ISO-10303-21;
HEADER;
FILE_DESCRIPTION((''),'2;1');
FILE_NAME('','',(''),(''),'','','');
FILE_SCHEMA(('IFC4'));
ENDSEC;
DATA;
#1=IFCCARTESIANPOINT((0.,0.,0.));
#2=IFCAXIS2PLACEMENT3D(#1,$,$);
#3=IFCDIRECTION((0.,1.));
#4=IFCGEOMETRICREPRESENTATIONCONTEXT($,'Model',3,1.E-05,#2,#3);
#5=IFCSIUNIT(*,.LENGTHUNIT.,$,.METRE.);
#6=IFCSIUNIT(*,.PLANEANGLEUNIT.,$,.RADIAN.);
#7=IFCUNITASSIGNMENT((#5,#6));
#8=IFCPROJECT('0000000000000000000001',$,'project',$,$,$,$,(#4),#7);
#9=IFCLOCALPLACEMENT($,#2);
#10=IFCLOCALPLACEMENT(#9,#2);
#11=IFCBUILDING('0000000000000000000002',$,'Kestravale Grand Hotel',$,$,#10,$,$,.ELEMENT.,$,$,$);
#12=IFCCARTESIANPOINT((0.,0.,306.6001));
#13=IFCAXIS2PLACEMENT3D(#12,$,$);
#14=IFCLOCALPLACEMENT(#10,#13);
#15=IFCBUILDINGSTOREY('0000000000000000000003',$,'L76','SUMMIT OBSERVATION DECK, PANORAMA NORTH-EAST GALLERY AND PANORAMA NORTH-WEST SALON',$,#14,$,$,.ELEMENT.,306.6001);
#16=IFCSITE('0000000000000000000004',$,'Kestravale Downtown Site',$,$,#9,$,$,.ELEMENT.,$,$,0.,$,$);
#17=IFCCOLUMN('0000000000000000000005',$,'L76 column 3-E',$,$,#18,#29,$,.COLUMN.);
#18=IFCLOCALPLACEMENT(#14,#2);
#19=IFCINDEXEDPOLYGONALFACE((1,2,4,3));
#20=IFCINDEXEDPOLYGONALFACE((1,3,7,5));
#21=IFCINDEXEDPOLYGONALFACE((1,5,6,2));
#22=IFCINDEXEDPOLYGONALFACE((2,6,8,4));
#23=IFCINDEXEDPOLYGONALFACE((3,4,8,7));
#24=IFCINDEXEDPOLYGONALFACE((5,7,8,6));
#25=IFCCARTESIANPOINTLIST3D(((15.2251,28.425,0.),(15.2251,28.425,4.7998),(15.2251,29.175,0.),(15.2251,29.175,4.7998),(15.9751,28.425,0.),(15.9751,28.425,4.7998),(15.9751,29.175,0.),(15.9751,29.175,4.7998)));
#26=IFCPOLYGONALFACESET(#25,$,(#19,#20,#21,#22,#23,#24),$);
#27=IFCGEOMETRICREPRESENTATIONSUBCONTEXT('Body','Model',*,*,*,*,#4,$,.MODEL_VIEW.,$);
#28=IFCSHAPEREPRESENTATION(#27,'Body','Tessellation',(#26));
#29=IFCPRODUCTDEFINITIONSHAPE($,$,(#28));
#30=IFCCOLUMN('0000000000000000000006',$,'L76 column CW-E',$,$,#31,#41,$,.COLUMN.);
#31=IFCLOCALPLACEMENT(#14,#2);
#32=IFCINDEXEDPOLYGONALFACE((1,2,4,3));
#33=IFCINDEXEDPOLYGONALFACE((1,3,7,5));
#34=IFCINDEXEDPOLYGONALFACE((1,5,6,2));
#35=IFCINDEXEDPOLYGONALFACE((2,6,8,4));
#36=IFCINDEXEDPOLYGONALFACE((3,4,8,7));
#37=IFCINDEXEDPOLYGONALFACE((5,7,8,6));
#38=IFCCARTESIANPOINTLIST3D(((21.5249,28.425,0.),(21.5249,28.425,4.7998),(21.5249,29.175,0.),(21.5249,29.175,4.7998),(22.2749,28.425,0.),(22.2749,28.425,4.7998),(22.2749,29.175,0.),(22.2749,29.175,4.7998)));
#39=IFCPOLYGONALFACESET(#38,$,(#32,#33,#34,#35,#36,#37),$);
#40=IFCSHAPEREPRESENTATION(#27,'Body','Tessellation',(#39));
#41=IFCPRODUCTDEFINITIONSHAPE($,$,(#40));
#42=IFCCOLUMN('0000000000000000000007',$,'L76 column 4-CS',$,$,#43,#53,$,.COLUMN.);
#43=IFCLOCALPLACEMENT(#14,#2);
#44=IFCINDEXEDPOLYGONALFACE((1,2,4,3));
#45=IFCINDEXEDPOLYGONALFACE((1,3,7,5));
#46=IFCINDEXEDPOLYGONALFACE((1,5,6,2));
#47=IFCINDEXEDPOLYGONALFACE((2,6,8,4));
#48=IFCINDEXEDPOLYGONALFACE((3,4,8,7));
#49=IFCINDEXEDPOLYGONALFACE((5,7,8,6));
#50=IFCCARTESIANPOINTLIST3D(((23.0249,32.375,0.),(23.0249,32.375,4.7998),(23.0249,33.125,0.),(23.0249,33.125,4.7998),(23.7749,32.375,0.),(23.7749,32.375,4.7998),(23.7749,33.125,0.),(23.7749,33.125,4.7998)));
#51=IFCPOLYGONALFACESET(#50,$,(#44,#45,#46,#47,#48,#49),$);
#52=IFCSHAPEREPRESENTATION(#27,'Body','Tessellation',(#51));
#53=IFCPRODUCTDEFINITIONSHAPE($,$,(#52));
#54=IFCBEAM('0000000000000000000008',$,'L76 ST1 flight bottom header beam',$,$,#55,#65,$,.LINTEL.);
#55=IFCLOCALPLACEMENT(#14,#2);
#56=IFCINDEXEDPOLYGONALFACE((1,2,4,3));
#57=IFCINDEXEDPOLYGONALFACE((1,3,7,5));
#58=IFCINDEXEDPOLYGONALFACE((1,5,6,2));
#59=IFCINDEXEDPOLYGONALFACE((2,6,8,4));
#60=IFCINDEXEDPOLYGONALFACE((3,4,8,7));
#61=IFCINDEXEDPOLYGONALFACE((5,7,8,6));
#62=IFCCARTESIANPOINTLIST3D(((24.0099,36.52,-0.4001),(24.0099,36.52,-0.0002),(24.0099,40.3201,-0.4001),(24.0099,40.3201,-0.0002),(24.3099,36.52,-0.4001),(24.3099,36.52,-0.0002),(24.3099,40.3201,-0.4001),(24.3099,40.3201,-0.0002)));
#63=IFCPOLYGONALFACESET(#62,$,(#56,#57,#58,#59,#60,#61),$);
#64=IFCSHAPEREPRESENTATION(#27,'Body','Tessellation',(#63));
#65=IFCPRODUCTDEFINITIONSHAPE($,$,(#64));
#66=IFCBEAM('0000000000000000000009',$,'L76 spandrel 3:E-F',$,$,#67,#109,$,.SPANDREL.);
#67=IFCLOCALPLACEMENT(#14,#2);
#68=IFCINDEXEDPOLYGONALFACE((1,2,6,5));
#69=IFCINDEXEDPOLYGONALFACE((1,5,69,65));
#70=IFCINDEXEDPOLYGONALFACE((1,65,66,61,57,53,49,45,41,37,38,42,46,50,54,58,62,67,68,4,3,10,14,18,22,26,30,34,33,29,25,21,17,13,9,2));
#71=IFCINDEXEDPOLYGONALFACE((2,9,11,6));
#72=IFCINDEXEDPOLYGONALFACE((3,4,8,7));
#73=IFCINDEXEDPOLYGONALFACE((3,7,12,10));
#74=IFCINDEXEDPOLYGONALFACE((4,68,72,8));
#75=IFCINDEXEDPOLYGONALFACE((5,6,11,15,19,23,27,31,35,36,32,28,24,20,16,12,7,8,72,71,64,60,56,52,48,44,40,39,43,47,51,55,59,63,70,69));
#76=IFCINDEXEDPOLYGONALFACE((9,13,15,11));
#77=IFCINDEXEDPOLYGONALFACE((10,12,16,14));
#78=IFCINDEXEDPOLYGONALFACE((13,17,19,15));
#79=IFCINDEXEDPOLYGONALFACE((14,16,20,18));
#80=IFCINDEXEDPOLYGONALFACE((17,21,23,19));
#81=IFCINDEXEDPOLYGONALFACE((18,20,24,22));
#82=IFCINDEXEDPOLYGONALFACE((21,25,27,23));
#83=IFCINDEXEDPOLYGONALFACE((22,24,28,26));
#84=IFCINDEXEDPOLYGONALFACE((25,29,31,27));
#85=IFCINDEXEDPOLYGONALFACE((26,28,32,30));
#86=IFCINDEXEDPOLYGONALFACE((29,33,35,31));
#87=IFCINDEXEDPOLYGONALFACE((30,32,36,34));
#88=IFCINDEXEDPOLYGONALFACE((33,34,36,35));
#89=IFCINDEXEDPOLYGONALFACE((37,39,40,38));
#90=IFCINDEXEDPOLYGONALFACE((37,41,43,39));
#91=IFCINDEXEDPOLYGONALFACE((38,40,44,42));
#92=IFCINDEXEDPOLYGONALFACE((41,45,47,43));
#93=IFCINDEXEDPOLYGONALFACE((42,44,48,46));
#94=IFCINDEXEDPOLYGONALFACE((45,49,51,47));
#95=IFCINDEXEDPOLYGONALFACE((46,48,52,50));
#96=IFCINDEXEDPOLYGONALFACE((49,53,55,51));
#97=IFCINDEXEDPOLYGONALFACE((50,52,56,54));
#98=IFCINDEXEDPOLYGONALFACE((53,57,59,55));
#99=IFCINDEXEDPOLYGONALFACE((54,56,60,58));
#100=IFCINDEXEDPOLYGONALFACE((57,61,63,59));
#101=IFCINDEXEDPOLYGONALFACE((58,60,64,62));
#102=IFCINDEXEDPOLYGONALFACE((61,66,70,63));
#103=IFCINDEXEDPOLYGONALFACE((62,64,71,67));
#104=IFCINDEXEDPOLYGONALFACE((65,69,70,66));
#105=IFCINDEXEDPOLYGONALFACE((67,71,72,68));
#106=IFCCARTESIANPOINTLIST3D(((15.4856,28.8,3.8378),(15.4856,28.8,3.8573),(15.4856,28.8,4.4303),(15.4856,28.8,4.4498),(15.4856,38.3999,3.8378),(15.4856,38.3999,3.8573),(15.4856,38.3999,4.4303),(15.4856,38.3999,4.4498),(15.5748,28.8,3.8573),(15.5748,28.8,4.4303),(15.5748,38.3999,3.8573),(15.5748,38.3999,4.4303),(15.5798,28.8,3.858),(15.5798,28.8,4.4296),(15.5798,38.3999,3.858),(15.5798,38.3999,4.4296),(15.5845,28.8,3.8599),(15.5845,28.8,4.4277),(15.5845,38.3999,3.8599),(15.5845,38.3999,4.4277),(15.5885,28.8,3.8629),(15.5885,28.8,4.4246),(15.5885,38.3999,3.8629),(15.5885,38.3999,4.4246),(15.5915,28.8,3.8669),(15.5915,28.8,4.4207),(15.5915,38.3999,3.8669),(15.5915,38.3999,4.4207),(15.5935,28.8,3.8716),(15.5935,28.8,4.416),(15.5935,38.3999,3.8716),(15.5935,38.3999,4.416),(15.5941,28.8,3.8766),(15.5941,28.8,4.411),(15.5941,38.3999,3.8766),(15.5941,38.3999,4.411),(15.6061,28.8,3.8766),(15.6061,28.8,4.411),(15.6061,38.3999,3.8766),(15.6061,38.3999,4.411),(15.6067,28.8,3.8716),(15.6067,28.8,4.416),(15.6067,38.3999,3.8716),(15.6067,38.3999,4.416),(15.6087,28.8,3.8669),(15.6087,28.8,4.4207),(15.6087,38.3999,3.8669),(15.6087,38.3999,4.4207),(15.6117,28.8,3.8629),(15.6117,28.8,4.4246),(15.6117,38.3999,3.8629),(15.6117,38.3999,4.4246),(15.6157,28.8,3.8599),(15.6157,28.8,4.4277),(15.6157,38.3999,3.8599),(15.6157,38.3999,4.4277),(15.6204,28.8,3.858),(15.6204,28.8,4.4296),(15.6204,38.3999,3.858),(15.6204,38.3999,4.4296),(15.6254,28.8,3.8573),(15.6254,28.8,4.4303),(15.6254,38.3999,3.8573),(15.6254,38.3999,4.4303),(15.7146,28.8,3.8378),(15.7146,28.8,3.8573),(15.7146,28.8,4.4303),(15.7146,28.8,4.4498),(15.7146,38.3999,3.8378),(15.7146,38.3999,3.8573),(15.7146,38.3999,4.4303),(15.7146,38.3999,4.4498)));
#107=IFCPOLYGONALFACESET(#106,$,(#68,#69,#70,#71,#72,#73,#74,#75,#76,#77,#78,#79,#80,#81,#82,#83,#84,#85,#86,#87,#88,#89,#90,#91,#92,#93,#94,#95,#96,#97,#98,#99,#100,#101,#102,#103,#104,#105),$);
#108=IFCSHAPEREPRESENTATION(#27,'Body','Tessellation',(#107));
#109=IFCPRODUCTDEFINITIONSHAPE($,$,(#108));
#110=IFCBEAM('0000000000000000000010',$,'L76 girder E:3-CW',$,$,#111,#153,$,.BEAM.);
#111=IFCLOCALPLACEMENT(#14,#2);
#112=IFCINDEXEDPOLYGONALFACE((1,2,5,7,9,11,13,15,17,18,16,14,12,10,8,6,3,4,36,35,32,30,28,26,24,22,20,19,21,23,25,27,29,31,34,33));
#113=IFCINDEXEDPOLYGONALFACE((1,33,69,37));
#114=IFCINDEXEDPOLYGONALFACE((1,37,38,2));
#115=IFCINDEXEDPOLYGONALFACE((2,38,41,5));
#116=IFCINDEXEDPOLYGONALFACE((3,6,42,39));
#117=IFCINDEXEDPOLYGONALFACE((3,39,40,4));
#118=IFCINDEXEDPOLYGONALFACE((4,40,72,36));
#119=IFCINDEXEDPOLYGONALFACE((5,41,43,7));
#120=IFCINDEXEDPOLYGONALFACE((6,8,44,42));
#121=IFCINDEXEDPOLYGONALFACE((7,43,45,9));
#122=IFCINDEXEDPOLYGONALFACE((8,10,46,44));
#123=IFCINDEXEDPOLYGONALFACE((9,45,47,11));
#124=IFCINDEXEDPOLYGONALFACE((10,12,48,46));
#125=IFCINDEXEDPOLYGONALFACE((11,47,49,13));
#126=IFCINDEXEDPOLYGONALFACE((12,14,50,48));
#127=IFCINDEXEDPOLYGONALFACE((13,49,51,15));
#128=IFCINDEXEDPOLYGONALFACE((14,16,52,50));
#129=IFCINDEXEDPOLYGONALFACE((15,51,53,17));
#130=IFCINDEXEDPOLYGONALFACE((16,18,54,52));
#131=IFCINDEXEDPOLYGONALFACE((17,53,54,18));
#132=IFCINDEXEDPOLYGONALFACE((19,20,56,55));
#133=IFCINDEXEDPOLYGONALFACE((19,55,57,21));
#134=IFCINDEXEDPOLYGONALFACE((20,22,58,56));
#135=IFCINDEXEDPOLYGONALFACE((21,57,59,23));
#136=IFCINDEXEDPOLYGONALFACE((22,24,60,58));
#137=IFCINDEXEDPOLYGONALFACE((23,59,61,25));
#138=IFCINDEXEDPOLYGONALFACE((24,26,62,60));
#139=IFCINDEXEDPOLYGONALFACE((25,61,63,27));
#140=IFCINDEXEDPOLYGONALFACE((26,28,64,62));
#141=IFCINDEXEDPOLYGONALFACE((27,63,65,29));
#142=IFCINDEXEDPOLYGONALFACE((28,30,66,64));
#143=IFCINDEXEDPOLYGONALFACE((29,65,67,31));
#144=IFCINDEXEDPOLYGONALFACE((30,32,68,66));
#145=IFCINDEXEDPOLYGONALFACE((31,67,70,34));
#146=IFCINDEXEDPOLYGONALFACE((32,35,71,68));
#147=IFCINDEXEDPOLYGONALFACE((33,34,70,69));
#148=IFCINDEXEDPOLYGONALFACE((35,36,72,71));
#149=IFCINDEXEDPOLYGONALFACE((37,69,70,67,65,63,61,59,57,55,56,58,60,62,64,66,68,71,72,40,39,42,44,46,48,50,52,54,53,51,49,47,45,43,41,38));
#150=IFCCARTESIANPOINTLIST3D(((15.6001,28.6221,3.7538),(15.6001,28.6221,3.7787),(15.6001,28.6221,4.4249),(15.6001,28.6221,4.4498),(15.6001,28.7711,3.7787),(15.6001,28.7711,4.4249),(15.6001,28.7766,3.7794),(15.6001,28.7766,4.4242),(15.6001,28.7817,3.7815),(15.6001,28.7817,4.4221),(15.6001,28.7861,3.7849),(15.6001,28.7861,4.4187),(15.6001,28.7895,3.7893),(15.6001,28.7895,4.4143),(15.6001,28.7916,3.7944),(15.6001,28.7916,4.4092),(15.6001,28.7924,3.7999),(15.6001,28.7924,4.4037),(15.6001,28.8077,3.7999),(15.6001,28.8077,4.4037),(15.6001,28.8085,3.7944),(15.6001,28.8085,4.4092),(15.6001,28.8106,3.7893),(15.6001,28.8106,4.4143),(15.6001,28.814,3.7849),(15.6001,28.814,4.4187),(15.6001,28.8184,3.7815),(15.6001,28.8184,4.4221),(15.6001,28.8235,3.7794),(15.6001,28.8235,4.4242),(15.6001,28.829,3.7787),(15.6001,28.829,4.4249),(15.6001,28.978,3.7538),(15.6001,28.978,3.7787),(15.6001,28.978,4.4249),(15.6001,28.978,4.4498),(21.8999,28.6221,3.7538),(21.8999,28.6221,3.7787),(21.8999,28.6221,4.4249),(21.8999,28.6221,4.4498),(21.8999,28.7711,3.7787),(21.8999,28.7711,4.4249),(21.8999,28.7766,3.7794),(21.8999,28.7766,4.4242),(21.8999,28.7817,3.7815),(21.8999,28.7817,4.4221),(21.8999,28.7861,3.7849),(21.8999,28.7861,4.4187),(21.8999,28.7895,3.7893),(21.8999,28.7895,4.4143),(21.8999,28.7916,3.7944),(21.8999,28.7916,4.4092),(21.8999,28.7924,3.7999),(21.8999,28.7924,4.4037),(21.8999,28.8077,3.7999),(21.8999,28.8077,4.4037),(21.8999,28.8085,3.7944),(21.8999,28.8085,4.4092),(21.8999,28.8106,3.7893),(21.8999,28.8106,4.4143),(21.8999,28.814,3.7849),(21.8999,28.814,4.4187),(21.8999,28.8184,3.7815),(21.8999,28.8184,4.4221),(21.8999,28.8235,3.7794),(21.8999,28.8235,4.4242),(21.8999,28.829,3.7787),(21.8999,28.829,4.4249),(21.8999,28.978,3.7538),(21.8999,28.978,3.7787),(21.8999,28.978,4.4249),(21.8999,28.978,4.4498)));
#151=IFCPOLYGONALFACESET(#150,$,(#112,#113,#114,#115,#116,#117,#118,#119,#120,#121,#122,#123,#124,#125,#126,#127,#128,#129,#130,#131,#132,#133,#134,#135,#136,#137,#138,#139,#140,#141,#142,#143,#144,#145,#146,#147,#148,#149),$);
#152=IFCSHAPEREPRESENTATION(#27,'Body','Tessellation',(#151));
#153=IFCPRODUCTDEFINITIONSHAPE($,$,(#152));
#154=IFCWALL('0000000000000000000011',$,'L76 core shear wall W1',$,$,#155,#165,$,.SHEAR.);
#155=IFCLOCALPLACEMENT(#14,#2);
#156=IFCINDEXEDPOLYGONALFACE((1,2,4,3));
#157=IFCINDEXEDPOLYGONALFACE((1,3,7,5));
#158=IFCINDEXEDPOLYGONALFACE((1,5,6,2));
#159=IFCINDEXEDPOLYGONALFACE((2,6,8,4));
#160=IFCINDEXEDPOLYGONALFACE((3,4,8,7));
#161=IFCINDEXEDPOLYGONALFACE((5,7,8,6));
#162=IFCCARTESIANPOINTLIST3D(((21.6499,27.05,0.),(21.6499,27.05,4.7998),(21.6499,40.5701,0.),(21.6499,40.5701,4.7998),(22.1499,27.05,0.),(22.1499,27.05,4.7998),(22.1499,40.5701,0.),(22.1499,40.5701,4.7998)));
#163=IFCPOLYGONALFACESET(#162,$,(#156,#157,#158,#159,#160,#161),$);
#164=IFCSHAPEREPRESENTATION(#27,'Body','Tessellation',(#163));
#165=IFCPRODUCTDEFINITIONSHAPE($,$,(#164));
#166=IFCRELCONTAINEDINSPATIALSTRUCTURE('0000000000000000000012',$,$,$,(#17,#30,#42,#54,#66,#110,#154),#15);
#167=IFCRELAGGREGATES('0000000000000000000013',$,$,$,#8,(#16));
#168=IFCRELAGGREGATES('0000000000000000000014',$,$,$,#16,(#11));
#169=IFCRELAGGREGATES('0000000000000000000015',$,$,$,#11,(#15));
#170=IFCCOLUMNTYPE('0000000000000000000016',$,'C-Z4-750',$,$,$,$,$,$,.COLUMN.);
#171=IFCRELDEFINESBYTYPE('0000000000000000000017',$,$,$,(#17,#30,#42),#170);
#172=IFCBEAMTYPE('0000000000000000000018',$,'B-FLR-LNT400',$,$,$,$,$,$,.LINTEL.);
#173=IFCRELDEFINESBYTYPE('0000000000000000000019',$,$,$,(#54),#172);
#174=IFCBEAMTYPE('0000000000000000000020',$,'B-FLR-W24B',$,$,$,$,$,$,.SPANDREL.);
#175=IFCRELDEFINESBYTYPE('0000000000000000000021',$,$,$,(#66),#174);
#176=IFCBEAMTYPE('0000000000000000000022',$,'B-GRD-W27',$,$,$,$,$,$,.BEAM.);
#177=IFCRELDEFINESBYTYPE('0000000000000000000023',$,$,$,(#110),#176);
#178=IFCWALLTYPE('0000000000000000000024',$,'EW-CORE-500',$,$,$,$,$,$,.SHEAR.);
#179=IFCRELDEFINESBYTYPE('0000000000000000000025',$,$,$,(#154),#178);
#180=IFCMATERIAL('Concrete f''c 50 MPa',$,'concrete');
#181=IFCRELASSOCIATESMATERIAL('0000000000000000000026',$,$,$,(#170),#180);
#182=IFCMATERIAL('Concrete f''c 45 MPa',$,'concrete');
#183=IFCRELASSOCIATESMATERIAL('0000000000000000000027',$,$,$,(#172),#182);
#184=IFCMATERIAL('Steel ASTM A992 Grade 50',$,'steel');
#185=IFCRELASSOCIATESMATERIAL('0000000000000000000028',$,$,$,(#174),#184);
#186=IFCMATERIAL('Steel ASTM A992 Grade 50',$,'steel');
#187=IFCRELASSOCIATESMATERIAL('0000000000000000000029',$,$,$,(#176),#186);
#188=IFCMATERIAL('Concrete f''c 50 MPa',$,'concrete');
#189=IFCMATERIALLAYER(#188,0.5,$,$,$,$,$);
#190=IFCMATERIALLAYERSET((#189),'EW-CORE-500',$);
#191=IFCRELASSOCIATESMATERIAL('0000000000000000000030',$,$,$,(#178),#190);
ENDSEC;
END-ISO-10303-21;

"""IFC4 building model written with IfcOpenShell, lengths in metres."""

from ifc_helpers import new_model, si_unit, direction, frame, frame_2d, origin, origin_2d, place, context, subcontext, project, spatial, rectangle, i_section, extrude, material, layer, layer_set, material_profile, profile_set, type_object, element, save


model = new_model("IFC4")

# Units and contexts
model_context = context("Model", 3, precision=1e-05, world=origin(), true_north=direction((0.0, 1.0)))
body_context = subcontext(model_context, "Body", "Model", "MODEL_VIEW")
ifc_project = project(units=[si_unit("LENGTHUNIT", "METRE"), si_unit("PLANEANGLEUNIT", "RADIAN")], contexts=[model_context])

# Site, building, storey
site_placement = place(None, origin())
site = spatial("IfcSite", under=ifc_project, at=site_placement, Name="Kestravale Downtown Site", CompositionType="ELEMENT", RefElevation=0.0)
building_placement = place(site_placement, origin())
building = spatial("IfcBuilding", under=site, at=building_placement, Name="Kestravale Grand Hotel", CompositionType="ELEMENT")
storey_placement = place(building_placement, frame((0.0, 0.0, 306.6001)))
storey = spatial("IfcBuildingStorey", under=building, at=storey_placement, Name="L76", Description="SUMMIT OBSERVATION DECK, PANORAMA NORTH-EAST GALLERY AND PANORAMA NORTH-WEST SALON", CompositionType="ELEMENT", Elevation=306.6001)

# Columns
ifc_material_1 = material(Name="Concrete f'c 50 MPa", Category="concrete")
ifc_material_profile_1 = material_profile(ifc_material_1, rectangle(XDim=0.75, YDim=0.75, at=origin_2d()))
ifc_profile_set_1 = profile_set([ifc_material_profile_1], Name="Concrete f'c 50 MPa")
column_type = type_object("IfcColumnType", Name="C-Z4-750", PredefinedType="COLUMN", material=ifc_profile_set_1)
for number, where, z_axis, x_axis, name in (
    (1, (15.6001, 28.8, 0.0), (0.0, 0.0, 1.0), (1.0, 0.0, 0.0), "L76 column 3-E"),
    (2, (21.8999, 28.8, 0.0), (0.0, 0.0, 1.0), (1.0, 0.0, 0.0), "L76 column CW-E"),
    (3, (23.3999, 32.75, 0.0), (0.0, 0.0, 1.0), (1.0, 0.0, 0.0), "L76 column 4-CS"),
):
    element("IfcColumn", number, at=place(storey_placement, frame(where, z_axis=z_axis, x_axis=x_axis)), inside=storey, type_object=column_type, Name=name, PredefinedType="COLUMN", context=body_context, shape_type="SweptSolid", body=[
        extrude(rectangle(XDim=0.75, YDim=0.75, at=origin_2d()), origin(), (0.0, 0.0, 1.0), 4.7998),
    ])

# Beams
ifc_material_2 = material(Name="Concrete f'c 45 MPa", Category="concrete")
ifc_material_profile_2 = material_profile(ifc_material_2, rectangle(XDim=0.3, YDim=0.3999, at=origin_2d()))
ifc_profile_set_2 = profile_set([ifc_material_profile_2], Name="Concrete f'c 45 MPa")
beam_type_1 = type_object("IfcBeamType", Name="B-FLR-LNT400", PredefinedType="LINTEL", material=ifc_profile_set_2)
beam_1_placement = place(storey_placement, frame((24.1599, 36.52, -0.2002), z_axis=(0.0, 1.0, 0.0), x_axis=(-1.0, 0.0, 0.0)))
element("IfcBeam", 4, at=beam_1_placement, inside=storey, type_object=beam_type_1, Name="L76 ST1 flight bottom header beam", PredefinedType="LINTEL", context=body_context, shape_type="SweptSolid", body=[
    extrude(rectangle(XDim=0.3, YDim=0.3999, at=origin_2d()), origin(), (0.0, 0.0, 1.0), 3.8),
])
ifc_material_3 = material(Name="Steel ASTM A992 Grade 50", Category="steel")
ifc_material_profile_3 = material_profile(ifc_material_3, i_section(OverallWidth=0.229, OverallDepth=0.6121, WebThickness=0.012, FlangeThickness=0.0195, FilletRadius=0.0193, at=origin_2d()))
ifc_profile_set_3 = profile_set([ifc_material_profile_3], Name="Steel ASTM A992 Grade 50")
beam_type_2 = type_object("IfcBeamType", Name="B-FLR-W24B", PredefinedType="SPANDREL", material=ifc_profile_set_3)
beam_2_placement = place(storey_placement, frame((15.6001, 28.8, 4.1438), z_axis=(0.0, 1.0, 0.0), x_axis=(-1.0, 0.0, 0.0)))
element("IfcBeam", 5, at=beam_2_placement, inside=storey, type_object=beam_type_2, Name="L76 spandrel 3:E-F", PredefinedType="SPANDREL", context=body_context, shape_type="SweptSolid", body=[
    extrude(i_section(OverallWidth=0.229, OverallDepth=0.6121, WebThickness=0.012, FlangeThickness=0.0195, FilletRadius=0.0193, at=origin_2d()), origin(), (0.0, 0.0, 1.0), 9.5999),
])
ifc_material_4 = material(Name="Steel ASTM A992 Grade 50", Category="steel")
ifc_material_profile_4 = material_profile(ifc_material_4, i_section(OverallWidth=0.356, OverallDepth=0.696, WebThickness=0.0154, FlangeThickness=0.0249, FilletRadius=0.0212, at=origin_2d()))
ifc_profile_set_4 = profile_set([ifc_material_profile_4], Name="Steel ASTM A992 Grade 50")
beam_type_3 = type_object("IfcBeamType", Name="B-GRD-W27", PredefinedType="BEAM", material=ifc_profile_set_4)
beam_3_placement = place(storey_placement, frame((15.6001, 28.8, 4.1018), z_axis=(1.0, 0.0, 0.0), x_axis=(0.0, 1.0, 0.0)))
element("IfcBeam", 6, at=beam_3_placement, inside=storey, type_object=beam_type_3, Name="L76 girder E:3-CW", PredefinedType="BEAM", context=body_context, shape_type="SweptSolid", body=[
    extrude(i_section(OverallWidth=0.356, OverallDepth=0.696, WebThickness=0.0154, FlangeThickness=0.0249, FilletRadius=0.0212, at=origin_2d()), origin(), (0.0, 0.0, 1.0), 6.2998),
])

# Wall
ifc_material_5 = material(Name="Concrete f'c 50 MPa", Category="concrete")
ifc_layer_1 = layer(ifc_material_5, 0.5)
ifc_layer_set_1 = layer_set([ifc_layer_1], Name="EW-CORE-500")
wall_type_1 = type_object("IfcWallType", Name="EW-CORE-500", PredefinedType="SHEAR", material=ifc_layer_set_1)
wall_1_placement = place(storey_placement, frame((21.8999, 27.05, 0.0), z_axis=(0.0, 0.0, 1.0), x_axis=(0.0, 1.0, 0.0)))
element("IfcWall", 7, at=wall_1_placement, inside=storey, type_object=wall_type_1, Name="L76 core shear wall W1", PredefinedType="SHEAR", context=body_context, shape_type="SweptSolid", body=[
    extrude(rectangle(XDim=13.52, YDim=0.5, at=frame_2d((6.76, 0.0))), origin(), (0.0, 0.0, 1.0), 4.7998),
])

save(model, "model.ifc")
